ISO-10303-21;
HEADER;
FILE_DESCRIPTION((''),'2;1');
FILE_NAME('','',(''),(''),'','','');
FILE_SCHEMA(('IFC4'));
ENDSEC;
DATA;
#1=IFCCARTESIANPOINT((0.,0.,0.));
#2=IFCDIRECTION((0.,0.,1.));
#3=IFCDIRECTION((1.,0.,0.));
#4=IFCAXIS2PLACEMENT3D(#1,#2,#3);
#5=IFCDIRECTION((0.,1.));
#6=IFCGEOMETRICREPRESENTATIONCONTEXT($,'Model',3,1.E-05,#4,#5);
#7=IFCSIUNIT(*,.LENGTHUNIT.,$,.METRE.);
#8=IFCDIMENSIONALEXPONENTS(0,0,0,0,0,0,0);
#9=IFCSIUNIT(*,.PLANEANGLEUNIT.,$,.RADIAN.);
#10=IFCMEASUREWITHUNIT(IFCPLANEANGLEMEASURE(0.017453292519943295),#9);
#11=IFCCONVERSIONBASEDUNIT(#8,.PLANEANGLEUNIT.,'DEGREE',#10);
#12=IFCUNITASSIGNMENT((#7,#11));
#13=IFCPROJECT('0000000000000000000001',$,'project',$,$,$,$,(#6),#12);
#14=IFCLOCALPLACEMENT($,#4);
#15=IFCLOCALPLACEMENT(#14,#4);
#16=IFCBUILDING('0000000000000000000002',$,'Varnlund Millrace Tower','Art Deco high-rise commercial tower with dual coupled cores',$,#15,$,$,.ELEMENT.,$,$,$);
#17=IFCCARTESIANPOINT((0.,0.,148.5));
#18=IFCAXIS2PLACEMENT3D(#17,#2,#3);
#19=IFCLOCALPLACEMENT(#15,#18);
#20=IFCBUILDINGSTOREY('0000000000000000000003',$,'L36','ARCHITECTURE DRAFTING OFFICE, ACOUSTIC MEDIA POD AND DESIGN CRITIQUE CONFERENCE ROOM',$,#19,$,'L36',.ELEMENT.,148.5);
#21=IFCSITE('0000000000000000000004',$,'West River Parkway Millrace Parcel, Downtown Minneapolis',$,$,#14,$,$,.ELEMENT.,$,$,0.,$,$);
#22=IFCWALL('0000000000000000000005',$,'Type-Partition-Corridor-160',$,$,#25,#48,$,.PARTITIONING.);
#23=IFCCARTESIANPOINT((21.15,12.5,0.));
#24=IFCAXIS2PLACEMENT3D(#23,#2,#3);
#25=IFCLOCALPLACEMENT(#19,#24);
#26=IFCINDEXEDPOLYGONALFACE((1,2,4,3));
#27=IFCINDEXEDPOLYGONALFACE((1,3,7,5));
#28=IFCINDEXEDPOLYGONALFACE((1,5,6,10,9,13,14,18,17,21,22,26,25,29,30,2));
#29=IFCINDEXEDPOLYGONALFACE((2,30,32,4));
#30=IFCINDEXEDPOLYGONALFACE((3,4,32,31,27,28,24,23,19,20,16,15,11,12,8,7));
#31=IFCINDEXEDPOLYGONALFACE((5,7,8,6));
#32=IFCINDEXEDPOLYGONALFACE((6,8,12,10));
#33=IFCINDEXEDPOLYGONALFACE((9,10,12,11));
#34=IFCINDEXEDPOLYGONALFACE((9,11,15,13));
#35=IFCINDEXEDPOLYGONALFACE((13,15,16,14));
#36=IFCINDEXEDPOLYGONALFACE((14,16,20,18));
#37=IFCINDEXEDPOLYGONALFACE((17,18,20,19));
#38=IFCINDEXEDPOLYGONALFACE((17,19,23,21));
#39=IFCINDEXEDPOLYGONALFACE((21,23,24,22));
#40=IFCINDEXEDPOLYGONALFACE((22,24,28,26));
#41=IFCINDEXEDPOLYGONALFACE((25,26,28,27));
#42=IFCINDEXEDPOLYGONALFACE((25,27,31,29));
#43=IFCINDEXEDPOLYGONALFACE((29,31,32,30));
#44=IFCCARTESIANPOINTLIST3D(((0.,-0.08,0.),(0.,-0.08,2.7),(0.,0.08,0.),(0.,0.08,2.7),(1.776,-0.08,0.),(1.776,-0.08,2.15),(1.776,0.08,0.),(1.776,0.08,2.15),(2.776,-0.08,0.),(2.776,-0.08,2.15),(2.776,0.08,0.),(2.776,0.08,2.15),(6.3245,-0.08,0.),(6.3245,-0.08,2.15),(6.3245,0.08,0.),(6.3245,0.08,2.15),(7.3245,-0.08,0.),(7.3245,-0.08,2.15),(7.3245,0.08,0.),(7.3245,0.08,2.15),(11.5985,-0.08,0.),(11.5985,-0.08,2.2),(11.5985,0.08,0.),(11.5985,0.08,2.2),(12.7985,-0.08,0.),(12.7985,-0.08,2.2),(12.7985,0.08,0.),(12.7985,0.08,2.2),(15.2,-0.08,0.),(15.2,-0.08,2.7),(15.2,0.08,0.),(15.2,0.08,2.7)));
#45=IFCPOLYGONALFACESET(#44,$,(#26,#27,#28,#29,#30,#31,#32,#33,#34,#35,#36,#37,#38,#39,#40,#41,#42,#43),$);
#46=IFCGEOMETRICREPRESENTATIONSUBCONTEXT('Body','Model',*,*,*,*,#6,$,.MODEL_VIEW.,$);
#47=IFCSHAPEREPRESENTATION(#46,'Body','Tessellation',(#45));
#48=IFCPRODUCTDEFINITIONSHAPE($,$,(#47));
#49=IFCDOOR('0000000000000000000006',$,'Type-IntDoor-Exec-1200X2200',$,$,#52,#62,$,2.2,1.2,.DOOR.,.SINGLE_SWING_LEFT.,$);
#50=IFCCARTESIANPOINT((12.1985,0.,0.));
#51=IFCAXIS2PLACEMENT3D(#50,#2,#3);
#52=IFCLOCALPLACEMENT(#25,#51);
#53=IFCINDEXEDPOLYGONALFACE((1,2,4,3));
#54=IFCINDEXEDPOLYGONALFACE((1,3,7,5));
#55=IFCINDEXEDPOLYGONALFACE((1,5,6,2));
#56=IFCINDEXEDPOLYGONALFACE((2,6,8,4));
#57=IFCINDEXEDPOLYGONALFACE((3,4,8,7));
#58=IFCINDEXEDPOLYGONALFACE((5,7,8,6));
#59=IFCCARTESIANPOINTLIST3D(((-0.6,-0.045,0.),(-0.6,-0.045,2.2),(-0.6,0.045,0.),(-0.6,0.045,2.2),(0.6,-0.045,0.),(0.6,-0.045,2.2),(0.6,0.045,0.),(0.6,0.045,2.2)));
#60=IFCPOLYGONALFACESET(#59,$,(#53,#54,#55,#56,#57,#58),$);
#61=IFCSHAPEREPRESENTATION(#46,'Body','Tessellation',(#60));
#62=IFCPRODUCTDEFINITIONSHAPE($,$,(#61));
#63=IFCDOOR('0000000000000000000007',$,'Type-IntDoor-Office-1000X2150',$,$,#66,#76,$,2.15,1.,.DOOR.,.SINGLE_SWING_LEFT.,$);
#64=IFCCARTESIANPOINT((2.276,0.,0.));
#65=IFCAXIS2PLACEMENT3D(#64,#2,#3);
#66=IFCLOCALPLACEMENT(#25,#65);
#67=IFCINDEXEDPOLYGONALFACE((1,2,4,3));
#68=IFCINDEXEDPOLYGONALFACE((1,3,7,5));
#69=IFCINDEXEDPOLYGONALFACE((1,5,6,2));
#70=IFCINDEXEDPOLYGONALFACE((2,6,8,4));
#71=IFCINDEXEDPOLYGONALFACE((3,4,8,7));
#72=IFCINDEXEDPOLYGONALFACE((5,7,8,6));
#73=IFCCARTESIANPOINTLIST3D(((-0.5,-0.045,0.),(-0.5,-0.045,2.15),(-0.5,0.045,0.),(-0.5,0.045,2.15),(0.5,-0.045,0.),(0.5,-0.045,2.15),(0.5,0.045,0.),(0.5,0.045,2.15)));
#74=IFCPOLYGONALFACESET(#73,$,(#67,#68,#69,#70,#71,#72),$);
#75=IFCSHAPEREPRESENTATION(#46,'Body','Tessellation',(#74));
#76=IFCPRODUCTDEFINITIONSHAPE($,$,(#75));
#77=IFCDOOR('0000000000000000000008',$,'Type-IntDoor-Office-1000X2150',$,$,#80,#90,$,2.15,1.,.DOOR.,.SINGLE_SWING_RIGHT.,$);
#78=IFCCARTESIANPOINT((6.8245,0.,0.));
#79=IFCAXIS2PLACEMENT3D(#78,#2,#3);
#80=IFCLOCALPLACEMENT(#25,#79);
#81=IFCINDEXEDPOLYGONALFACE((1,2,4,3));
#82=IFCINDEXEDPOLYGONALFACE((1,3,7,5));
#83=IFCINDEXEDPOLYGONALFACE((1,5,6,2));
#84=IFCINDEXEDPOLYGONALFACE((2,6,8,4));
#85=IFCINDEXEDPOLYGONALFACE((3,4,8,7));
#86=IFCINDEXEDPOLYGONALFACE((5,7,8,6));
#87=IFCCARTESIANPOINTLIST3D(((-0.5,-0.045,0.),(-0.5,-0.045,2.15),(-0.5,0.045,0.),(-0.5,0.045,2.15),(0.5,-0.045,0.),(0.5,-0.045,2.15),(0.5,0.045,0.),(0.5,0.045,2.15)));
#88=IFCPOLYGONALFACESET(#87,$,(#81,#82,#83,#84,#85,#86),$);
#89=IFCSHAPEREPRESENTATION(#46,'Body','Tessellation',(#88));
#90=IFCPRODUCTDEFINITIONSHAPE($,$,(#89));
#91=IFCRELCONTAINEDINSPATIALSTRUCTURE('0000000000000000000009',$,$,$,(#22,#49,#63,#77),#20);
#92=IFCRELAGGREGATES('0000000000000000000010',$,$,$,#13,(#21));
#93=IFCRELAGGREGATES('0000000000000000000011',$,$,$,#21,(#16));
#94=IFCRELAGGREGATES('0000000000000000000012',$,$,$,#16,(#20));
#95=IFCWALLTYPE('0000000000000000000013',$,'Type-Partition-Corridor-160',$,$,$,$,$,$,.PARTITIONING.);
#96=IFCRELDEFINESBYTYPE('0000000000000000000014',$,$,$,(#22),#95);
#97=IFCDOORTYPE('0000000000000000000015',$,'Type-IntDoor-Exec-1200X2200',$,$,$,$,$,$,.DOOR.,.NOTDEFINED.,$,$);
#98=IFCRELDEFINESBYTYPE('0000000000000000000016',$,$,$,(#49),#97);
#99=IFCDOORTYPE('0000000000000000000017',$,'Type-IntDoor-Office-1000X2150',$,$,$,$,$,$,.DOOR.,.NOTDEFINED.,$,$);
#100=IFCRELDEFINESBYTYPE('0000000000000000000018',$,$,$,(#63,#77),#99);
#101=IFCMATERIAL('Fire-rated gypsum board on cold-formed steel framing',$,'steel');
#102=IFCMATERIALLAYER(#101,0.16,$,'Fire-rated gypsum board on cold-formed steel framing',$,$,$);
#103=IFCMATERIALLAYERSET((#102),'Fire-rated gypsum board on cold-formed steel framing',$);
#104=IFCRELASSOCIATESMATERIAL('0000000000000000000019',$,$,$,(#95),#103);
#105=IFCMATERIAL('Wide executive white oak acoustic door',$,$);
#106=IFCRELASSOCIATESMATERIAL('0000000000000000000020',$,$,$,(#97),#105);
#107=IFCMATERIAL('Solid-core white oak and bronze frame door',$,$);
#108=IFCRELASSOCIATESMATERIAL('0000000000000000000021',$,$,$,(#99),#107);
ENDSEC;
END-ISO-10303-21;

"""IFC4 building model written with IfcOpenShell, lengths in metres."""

from ifc_helpers import new_model, entity, si_unit, converted_unit, direction, frame, origin_with_axes, origin_2d_with_axis, place, context, subcontext, project, spatial, polyline, rectangle, outline, extrude, material, layer, layer_set, type_object, element, fill, save


model = new_model("IFC4")

# Units and contexts
model_context = context("Model", 3, precision=1e-05, world=origin_with_axes(), true_north=direction((0.0, 1.0)))
body_context = subcontext(model_context, "Body", "Model", "MODEL_VIEW")
ifc_project = project(units=[si_unit("LENGTHUNIT", "METRE"), converted_unit("PLANEANGLEUNIT", "DEGREE", entity("IfcPlaneAngleMeasure", 0.017453292519943295), si_unit("PLANEANGLEUNIT", "RADIAN"), dimensions=[0, 0, 0, 0, 0, 0, 0])], contexts=[model_context])

# Site, building, storey
site_placement = place(None, origin_with_axes())
site = spatial("IfcSite", under=ifc_project, at=site_placement, Name="West River Parkway Millrace Parcel, Downtown Minneapolis", CompositionType="ELEMENT", RefElevation=0.0)
building_placement = place(site_placement, origin_with_axes())
building = spatial("IfcBuilding", under=site, at=building_placement, Name="Varnlund Millrace Tower", Description="Art Deco high-rise commercial tower with dual coupled cores", CompositionType="ELEMENT")
storey_placement = place(building_placement, frame((0.0, 0.0, 148.5), z_axis=(0.0, 0.0, 1.0), x_axis=(1.0, 0.0, 0.0)))
storey = spatial("IfcBuildingStorey", under=building, at=storey_placement, Name="L36", Description="ARCHITECTURE DRAFTING OFFICE, ACOUSTIC MEDIA POD AND DESIGN CRITIQUE CONFERENCE ROOM", LongName="L36", CompositionType="ELEMENT", Elevation=148.5)

# Shared definitions
ifc_material_1 = material(Name="Fire-rated gypsum board on cold-formed steel framing", Category="steel")
ifc_layer = layer(ifc_material_1, 0.16, Name="Fire-rated gypsum board on cold-formed steel framing")
ifc_layer_set = layer_set([ifc_layer], Name="Fire-rated gypsum board on cold-formed steel framing")
wall_type = type_object("IfcWallType", Name="Type-Partition-Corridor-160", PredefinedType="PARTITIONING", material=ifc_layer_set)

# Wall, openings, doors
wall_1_placement = place(storey_placement, frame((21.15, 12.5, 0.0), z_axis=(0.0, 0.0, 1.0), x_axis=(1.0, 0.0, 0.0)))
wall_1 = element("IfcWall", 1, at=wall_1_placement, inside=storey, type_object=wall_type, Name="Type-Partition-Corridor-160", PredefinedType="PARTITIONING", context=body_context, shape_type="SweptSolid", body=[
    extrude(outline(polyline([(0.0, -0.08), (15.2, -0.08), (15.2, 0.08), (0.0, 0.08), (0.0, -0.08)])), origin_with_axes(), (0.0, 0.0, 1.0), 2.7),
])
opening_1_placement = place(wall_1_placement, frame((2.276, 0.0, 0.0), z_axis=(0.0, 0.0, 1.0), x_axis=(1.0, 0.0, 0.0)))
opening_1 = element("IfcOpeningElement", 2, at=opening_1_placement, cuts=wall_1, PredefinedType="OPENING", context=body_context, shape_type="SweptSolid", body=[
    extrude(rectangle(XDim=1.0, YDim=0.18, at=origin_2d_with_axis()), origin_with_axes(), (0.0, 0.0, 1.0), 2.15),
])
opening_2_placement = place(wall_1_placement, frame((6.8245, 0.0, 0.0), z_axis=(0.0, 0.0, 1.0), x_axis=(1.0, 0.0, 0.0)))
opening_2 = element("IfcOpeningElement", 3, at=opening_2_placement, cuts=wall_1, PredefinedType="OPENING", context=body_context, shape_type="SweptSolid", body=[
    extrude(rectangle(XDim=1.0, YDim=0.18, at=origin_2d_with_axis()), origin_with_axes(), (0.0, 0.0, 1.0), 2.15),
])
opening_3_placement = place(wall_1_placement, frame((12.1985, 0.0, 0.0), z_axis=(0.0, 0.0, 1.0), x_axis=(1.0, 0.0, 0.0)))
opening_3 = element("IfcOpeningElement", 4, at=opening_3_placement, cuts=wall_1, PredefinedType="OPENING", context=body_context, shape_type="SweptSolid", body=[
    extrude(rectangle(XDim=1.2, YDim=0.18, at=origin_2d_with_axis()), origin_with_axes(), (0.0, 0.0, 1.0), 2.2),
])
ifc_material_2 = material(Name="Wide executive white oak acoustic door")
door_type_1 = type_object("IfcDoorType", Name="Type-IntDoor-Exec-1200X2200", OperationType="NOTDEFINED", PredefinedType="DOOR", material=ifc_material_2)
door_1_placement = place(wall_1_placement, frame((12.1985, 0.0, 0.0), z_axis=(0.0, 0.0, 1.0), x_axis=(1.0, 0.0, 0.0)))
door_1 = element("IfcDoor", 5, at=door_1_placement, inside=storey, type_object=door_type_1, Name="Type-IntDoor-Exec-1200X2200", OperationType="SINGLE_SWING_LEFT", OverallHeight=2.2, OverallWidth=1.2, PredefinedType="DOOR", context=body_context, shape_type="SweptSolid", body=[
    extrude(rectangle(XDim=1.2, YDim=0.09, at=origin_2d_with_axis()), origin_with_axes(), (0.0, 0.0, 1.0), 2.2),
])
fill(opening_3, door_1)
ifc_material_3 = material(Name="Solid-core white oak and bronze frame door")
door_type_2 = type_object("IfcDoorType", Name="Type-IntDoor-Office-1000X2150", OperationType="NOTDEFINED", PredefinedType="DOOR", material=ifc_material_3)
door_2_placement = place(wall_1_placement, frame((2.276, 0.0, 0.0), z_axis=(0.0, 0.0, 1.0), x_axis=(1.0, 0.0, 0.0)))
door_2 = element("IfcDoor", 6, at=door_2_placement, inside=storey, type_object=door_type_2, Name="Type-IntDoor-Office-1000X2150", OperationType="SINGLE_SWING_LEFT", OverallHeight=2.15, OverallWidth=1.0, PredefinedType="DOOR", context=body_context, shape_type="SweptSolid", body=[
    extrude(rectangle(XDim=1.0, YDim=0.09, at=origin_2d_with_axis()), origin_with_axes(), (0.0, 0.0, 1.0), 2.15),
])
fill(opening_1, door_2)
door_3_placement = place(wall_1_placement, frame((6.8245, 0.0, 0.0), z_axis=(0.0, 0.0, 1.0), x_axis=(1.0, 0.0, 0.0)))
door_3 = element("IfcDoor", 7, at=door_3_placement, inside=storey, type_object=door_type_2, Name="Type-IntDoor-Office-1000X2150", OperationType="SINGLE_SWING_RIGHT", OverallHeight=2.15, OverallWidth=1.0, PredefinedType="DOOR", context=body_context, shape_type="SweptSolid", body=[
    extrude(rectangle(XDim=1.0, YDim=0.09, at=origin_2d_with_axis()), origin_with_axes(), (0.0, 0.0, 1.0), 2.15),
])
fill(opening_2, door_3)

save(model, "model.ifc")
